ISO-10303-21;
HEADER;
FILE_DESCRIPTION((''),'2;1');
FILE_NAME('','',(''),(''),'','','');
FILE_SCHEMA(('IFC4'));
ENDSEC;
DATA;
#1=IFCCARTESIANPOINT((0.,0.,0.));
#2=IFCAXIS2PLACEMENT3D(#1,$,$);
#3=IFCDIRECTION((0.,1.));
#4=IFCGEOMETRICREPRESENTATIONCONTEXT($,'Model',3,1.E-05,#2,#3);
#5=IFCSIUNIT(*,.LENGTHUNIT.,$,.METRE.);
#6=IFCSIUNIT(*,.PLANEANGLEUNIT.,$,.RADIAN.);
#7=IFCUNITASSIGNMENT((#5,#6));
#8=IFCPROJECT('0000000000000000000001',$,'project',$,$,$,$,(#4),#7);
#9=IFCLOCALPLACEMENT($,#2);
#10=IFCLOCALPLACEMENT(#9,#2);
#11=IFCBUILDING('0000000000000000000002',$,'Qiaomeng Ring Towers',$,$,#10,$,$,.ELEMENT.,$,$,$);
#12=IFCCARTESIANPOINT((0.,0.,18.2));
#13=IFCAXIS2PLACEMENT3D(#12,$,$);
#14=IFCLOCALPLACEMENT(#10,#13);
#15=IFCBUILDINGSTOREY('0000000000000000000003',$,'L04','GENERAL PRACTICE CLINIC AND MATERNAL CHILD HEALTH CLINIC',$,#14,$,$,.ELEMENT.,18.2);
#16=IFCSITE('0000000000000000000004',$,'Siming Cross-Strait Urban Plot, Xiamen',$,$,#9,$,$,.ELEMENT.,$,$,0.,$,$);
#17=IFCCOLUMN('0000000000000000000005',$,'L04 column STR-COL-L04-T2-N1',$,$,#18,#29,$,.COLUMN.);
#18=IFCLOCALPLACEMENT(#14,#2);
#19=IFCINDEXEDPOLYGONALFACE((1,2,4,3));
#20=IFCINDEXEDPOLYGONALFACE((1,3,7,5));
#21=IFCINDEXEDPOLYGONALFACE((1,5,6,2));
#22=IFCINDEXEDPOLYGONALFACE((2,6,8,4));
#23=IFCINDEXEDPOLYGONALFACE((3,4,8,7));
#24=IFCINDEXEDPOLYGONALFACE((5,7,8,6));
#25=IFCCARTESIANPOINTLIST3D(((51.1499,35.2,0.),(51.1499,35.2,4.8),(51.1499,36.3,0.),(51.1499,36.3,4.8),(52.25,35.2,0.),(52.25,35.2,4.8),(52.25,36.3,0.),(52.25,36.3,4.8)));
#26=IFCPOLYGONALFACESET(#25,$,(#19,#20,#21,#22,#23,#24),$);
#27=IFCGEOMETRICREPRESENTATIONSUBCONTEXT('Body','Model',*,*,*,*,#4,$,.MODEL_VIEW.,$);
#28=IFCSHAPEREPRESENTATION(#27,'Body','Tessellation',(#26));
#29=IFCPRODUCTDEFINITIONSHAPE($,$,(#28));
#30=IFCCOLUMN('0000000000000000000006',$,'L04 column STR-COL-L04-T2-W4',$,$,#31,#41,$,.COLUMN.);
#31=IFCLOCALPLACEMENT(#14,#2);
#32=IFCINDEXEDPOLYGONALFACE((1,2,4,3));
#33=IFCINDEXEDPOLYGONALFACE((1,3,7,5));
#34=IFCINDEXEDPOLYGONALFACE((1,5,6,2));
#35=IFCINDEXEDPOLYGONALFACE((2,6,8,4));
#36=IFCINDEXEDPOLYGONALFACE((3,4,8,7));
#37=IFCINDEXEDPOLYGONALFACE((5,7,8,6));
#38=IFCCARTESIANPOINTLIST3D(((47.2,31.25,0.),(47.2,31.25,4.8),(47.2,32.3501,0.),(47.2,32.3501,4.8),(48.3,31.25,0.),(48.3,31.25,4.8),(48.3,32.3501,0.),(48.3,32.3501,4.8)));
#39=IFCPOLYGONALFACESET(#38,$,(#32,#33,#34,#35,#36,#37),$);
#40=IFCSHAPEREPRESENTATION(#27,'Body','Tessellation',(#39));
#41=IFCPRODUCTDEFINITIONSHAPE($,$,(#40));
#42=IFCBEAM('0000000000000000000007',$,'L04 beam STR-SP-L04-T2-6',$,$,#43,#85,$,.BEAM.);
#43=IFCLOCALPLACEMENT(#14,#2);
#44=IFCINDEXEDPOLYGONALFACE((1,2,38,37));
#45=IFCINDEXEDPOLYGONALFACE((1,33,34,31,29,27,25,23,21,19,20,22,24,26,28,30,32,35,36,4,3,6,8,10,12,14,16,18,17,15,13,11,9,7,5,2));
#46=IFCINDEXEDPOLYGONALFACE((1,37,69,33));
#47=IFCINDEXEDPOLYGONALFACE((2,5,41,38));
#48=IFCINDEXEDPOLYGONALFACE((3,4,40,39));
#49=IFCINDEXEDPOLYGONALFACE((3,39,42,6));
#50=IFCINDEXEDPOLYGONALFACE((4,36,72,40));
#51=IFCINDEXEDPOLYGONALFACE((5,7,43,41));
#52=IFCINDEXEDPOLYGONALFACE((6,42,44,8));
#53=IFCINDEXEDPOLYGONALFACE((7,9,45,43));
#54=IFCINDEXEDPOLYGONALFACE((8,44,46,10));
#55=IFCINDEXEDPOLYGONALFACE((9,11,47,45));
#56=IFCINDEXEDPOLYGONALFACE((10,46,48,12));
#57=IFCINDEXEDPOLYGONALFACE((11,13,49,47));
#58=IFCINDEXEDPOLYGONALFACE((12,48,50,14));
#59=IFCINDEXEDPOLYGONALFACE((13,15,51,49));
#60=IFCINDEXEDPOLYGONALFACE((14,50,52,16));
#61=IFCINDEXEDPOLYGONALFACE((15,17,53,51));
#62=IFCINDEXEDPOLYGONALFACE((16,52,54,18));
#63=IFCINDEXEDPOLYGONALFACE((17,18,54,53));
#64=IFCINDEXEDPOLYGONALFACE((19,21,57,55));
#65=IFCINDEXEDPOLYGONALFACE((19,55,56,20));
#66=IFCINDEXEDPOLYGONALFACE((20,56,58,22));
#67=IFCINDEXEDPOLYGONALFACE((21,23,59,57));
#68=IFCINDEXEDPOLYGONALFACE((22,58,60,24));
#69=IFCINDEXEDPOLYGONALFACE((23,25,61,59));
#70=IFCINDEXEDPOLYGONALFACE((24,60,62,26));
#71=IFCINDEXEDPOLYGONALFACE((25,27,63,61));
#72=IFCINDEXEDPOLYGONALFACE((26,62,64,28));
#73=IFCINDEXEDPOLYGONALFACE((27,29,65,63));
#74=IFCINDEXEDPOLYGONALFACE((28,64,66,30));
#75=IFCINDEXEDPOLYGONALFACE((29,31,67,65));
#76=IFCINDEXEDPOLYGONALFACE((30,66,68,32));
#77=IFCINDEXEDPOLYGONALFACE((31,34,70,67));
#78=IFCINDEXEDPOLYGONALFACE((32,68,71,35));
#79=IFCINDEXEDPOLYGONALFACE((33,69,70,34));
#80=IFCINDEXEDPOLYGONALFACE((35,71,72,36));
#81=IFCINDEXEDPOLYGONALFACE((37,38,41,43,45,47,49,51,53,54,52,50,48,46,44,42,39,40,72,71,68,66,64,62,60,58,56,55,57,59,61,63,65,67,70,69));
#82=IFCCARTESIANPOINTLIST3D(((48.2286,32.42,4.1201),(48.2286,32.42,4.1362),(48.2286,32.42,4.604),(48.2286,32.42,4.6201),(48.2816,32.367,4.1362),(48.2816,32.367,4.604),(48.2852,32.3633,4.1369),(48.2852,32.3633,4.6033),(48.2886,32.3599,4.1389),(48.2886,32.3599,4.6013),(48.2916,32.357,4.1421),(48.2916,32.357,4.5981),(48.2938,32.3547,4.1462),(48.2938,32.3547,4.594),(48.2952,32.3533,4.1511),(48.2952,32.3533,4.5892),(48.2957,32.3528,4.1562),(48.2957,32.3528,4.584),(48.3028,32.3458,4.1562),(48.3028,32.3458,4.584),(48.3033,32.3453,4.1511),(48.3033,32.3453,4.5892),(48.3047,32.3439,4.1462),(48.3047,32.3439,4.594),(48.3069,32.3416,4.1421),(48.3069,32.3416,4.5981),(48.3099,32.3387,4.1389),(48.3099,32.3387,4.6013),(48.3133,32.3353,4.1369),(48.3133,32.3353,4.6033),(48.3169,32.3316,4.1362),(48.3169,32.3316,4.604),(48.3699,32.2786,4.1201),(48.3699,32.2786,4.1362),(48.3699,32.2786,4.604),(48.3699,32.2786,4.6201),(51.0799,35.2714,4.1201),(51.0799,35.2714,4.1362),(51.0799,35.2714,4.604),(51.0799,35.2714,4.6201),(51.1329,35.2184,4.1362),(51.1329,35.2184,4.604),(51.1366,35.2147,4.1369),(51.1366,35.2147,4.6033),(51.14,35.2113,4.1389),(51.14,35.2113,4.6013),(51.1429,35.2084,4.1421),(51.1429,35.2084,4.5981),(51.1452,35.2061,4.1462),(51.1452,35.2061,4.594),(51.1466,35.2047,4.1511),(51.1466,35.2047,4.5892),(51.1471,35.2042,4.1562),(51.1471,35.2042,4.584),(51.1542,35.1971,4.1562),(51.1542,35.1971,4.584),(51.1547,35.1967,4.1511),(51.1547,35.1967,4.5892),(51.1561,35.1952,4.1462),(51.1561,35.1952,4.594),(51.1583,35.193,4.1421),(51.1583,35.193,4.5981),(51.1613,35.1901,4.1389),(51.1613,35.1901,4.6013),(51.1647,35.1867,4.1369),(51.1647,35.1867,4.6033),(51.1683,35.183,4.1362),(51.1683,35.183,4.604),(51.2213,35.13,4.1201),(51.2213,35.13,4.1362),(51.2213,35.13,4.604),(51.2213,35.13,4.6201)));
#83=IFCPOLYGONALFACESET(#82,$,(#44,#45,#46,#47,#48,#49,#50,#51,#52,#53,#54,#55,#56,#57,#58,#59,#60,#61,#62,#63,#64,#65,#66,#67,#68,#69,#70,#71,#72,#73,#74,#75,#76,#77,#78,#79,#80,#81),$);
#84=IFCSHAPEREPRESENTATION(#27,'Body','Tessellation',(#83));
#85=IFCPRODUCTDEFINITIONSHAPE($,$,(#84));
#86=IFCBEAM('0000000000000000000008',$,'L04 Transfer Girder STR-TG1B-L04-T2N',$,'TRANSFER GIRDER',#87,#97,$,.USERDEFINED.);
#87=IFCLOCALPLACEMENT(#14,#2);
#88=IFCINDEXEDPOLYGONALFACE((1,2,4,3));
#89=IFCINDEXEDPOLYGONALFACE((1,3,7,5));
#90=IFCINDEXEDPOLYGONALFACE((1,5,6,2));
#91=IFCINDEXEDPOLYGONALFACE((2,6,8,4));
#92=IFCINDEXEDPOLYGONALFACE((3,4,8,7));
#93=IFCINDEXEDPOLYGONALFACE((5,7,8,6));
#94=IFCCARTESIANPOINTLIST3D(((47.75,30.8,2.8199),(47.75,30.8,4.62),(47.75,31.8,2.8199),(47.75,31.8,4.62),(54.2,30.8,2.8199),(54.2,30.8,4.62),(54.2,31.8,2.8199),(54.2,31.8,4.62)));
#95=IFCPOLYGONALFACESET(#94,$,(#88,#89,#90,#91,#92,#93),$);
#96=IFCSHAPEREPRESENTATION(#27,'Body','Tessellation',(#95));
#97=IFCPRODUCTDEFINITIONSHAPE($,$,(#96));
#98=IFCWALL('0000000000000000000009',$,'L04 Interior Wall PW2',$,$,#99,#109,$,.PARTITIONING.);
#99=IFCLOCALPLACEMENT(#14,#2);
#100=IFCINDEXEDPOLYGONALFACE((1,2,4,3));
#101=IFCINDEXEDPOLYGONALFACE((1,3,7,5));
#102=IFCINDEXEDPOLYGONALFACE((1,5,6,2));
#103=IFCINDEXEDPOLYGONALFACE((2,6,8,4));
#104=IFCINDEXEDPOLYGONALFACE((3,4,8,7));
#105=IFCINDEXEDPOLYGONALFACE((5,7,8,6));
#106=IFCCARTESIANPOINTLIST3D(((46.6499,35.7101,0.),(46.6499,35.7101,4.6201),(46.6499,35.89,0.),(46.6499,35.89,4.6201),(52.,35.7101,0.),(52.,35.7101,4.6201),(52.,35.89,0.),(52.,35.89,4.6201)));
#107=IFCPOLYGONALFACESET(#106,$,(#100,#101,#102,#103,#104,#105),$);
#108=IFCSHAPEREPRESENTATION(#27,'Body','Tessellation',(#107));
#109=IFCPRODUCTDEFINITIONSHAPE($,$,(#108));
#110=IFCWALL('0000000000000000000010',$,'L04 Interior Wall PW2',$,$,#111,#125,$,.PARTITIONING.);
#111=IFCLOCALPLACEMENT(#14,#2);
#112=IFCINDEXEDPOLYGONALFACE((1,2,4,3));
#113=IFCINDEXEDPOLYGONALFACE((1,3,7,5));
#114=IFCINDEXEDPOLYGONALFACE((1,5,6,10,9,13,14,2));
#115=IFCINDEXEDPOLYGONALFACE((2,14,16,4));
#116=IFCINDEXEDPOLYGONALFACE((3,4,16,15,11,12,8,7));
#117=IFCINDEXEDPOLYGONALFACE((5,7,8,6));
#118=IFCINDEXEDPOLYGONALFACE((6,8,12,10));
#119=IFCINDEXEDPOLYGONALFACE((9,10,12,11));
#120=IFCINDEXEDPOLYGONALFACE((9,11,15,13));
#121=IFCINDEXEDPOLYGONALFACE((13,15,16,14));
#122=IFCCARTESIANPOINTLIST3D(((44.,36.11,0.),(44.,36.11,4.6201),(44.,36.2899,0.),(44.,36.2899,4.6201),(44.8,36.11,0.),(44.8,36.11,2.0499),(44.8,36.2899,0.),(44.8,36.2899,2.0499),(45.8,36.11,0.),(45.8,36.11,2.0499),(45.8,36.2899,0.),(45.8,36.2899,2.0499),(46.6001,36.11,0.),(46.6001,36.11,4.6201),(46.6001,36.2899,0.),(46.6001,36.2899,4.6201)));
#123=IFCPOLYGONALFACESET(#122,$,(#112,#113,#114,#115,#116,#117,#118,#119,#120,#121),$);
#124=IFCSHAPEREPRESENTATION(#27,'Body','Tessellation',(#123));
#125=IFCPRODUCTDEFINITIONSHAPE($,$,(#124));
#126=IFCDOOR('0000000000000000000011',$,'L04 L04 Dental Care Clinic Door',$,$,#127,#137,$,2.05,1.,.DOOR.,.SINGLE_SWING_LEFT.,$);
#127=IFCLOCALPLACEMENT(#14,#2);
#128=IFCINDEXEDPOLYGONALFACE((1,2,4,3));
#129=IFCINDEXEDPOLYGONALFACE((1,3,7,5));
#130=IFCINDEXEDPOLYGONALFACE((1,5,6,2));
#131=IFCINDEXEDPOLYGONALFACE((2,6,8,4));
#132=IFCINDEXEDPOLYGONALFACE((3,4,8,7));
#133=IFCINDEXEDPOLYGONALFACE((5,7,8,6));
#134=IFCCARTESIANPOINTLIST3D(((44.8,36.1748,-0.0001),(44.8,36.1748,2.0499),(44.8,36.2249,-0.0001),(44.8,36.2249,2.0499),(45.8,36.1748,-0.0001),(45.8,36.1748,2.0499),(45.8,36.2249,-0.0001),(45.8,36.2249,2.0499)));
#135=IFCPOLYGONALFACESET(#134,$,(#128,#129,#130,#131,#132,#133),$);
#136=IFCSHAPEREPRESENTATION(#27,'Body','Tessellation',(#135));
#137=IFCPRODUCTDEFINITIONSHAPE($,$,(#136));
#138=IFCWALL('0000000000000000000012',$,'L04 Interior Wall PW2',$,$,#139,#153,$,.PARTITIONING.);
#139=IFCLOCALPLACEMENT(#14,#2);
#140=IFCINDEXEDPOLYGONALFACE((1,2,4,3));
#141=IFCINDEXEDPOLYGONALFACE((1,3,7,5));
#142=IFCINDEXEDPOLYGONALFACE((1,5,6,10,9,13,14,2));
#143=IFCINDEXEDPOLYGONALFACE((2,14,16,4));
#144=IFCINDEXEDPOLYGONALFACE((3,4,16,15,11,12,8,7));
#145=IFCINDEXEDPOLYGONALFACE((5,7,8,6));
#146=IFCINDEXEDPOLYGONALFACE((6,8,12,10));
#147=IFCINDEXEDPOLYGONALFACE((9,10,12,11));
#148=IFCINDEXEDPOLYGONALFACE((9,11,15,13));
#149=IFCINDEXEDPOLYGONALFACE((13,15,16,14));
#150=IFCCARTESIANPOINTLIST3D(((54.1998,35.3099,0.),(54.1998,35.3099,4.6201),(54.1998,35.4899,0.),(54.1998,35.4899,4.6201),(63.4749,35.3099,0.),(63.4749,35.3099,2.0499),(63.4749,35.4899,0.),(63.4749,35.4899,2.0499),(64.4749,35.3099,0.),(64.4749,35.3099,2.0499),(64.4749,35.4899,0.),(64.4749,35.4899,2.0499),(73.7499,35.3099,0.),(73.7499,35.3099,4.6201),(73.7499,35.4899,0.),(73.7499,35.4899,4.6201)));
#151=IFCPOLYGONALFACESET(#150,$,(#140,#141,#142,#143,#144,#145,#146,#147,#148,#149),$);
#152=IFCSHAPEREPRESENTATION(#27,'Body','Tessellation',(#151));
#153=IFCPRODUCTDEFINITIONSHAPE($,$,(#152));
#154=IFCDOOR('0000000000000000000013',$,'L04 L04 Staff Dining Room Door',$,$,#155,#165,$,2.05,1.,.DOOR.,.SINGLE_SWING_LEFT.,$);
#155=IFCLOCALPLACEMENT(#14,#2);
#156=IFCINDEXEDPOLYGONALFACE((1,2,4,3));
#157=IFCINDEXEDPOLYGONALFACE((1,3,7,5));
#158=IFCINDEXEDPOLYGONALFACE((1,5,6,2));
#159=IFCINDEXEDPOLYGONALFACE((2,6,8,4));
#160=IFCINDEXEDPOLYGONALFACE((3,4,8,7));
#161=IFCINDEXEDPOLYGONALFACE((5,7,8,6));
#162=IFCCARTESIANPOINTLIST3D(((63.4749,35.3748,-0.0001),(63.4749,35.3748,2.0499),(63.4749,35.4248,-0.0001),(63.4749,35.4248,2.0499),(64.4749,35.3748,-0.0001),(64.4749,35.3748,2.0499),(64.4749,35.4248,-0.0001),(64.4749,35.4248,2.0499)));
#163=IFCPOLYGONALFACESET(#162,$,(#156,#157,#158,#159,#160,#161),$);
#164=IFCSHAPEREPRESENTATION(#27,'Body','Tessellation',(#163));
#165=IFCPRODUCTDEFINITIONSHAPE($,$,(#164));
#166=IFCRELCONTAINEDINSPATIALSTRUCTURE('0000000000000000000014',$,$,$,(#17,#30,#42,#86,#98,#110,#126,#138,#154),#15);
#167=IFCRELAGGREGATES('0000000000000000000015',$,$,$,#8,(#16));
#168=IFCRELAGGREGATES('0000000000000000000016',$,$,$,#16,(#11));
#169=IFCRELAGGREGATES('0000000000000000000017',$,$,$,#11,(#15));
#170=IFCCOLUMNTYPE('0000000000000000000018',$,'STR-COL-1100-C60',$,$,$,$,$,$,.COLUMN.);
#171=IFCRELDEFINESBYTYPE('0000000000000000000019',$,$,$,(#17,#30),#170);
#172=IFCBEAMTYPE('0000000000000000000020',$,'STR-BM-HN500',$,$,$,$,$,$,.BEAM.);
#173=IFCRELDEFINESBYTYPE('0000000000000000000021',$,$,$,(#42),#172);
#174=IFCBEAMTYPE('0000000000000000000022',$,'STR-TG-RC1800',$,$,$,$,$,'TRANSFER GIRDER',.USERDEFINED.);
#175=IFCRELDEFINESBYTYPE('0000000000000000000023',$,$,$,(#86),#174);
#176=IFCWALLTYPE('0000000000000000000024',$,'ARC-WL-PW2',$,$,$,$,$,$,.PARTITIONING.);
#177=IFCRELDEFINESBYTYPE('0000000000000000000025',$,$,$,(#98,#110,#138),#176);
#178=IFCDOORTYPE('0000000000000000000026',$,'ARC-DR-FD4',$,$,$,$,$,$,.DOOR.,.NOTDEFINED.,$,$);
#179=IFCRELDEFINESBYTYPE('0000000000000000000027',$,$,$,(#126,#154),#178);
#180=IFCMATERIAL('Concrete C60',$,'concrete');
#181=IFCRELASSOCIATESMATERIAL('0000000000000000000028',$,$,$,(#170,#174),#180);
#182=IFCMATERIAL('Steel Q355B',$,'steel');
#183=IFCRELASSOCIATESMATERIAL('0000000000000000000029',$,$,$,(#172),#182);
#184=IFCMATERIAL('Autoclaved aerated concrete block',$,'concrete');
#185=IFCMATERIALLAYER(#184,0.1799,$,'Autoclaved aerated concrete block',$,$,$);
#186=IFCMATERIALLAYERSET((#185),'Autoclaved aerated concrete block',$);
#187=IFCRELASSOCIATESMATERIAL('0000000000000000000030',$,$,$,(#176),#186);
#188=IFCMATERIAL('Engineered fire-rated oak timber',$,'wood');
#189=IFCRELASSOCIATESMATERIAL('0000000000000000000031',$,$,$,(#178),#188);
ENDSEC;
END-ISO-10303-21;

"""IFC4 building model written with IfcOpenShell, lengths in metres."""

from ifc_helpers import new_model, si_unit, direction, frame, frame_2d, origin, origin_2d, place, context, subcontext, project, spatial, rectangle, i_section, extrude, source, transform, mapped, material, layer, layer_set, material_profile, profile_set, type_object, element, fill, save


model = new_model("IFC4")

# Units and contexts
model_context = context("Model", 3, precision=1e-05, world=origin(), true_north=direction((0.0, 1.0)))
body_context = subcontext(model_context, "Body", "Model", "MODEL_VIEW")
ifc_project = project(units=[si_unit("LENGTHUNIT", "METRE"), si_unit("PLANEANGLEUNIT", "RADIAN")], contexts=[model_context])

# Site, building, storey
site_placement = place(None, origin())
site = spatial("IfcSite", under=ifc_project, at=site_placement, Name="Siming Cross-Strait Urban Plot, Xiamen", CompositionType="ELEMENT", RefElevation=0.0)
building_placement = place(site_placement, origin())
building = spatial("IfcBuilding", under=site, at=building_placement, Name="Qiaomeng Ring Towers", CompositionType="ELEMENT")
storey_placement = place(building_placement, frame((0.0, 0.0, 18.2)))
storey = spatial("IfcBuildingStorey", under=building, at=storey_placement, Name="L04", Description="GENERAL PRACTICE CLINIC AND MATERNAL CHILD HEALTH CLINIC", CompositionType="ELEMENT", Elevation=18.2)

# Columns
ifc_material_1 = material(Name="Concrete C60", Category="concrete")
ifc_material_profile_1 = material_profile(ifc_material_1, rectangle(XDim=1.1001, YDim=1.1001, at=origin_2d()), Name="RC COL 1100x1100")
ifc_profile_set_1 = profile_set([ifc_material_profile_1], Name="Concrete C60")
column_type = type_object("IfcColumnType", Name="STR-COL-1100-C60", PredefinedType="COLUMN", material=ifc_profile_set_1)
shared_shape_1 = source(origin(), body_context, "Body", "SweptSolid", [
    extrude(rectangle(XDim=1.1001, YDim=1.1001, at=origin_2d()), origin(), (0.0, 0.0, 1.0), 4.8),
])
for number, where, z_axis, x_axis, name in (
    (1, (51.7, 35.75, 0.0), (0.0, 0.0, 1.0), (1.0, 0.0, 0.0), "L04 column STR-COL-L04-T2-N1"),
    (2, (47.75, 31.8, 0.0), (0.0, 0.0, 1.0), (1.0, 0.0, 0.0), "L04 column STR-COL-L04-T2-W4"),
):
    element("IfcColumn", number, at=place(storey_placement, frame(where, z_axis=z_axis, x_axis=x_axis)), inside=storey, type_object=column_type, Name=name, PredefinedType="COLUMN", context=body_context, shape_type="MappedRepresentation", body=[
        mapped(shared_shape_1, transform((0.0, 0.0, 0.0), x_axis=(1.0, 0.0, 0.0), y_axis=(0.0, 1.0, 0.0), z_axis=(0.0, 0.0, 1.0), scale=1.0)),
    ])

# Beams
ifc_material_2 = material(Name="Steel Q355B", Category="steel")
ifc_material_profile_2 = material_profile(ifc_material_2, i_section(OverallWidth=0.2, OverallDepth=0.5, WebThickness=0.01, FlangeThickness=0.0161, FilletRadius=0.02, at=origin_2d()), Name="HN 500x200x10x16")
ifc_profile_set_2 = profile_set([ifc_material_profile_2], Name="Steel Q355B")
beam_type_1 = type_object("IfcBeamType", Name="STR-BM-HN500", PredefinedType="BEAM", material=ifc_profile_set_2)
shared_shape_2 = source(origin(), body_context, "Body", "SweptSolid", [
    extrude(i_section(OverallWidth=0.2, OverallDepth=0.5, WebThickness=0.01, FlangeThickness=0.0161, FilletRadius=0.02, at=origin_2d()), origin(), (0.0, 0.0, 1.0), 4.0325),
])
beam_1_placement = place(storey_placement, frame((51.1506, 35.2007, 4.3701), z_axis=(-0.707107, -0.707107, 0.0), x_axis=(0.707107, -0.707107, 0.0)))
element("IfcBeam", 3, at=beam_1_placement, inside=storey, type_object=beam_type_1, Name="L04 beam STR-SP-L04-T2-6", PredefinedType="BEAM", context=body_context, shape_type="MappedRepresentation", body=[
    mapped(shared_shape_2, transform((0.0, 0.0, 0.0), x_axis=(1.0, 0.0, 0.0), y_axis=(0.0, 1.0, 0.0), z_axis=(0.0, 0.0, 1.0), scale=1.0)),
])
ifc_material_profile_3 = material_profile(ifc_material_1, rectangle(XDim=1.0, YDim=1.8, at=origin_2d()), Name="RC TG 1000x1800")
ifc_profile_set_3 = profile_set([ifc_material_profile_3], Name="Concrete C60")
beam_type_2 = type_object("IfcBeamType", Name="STR-TG-RC1800", ElementType="TRANSFER GIRDER", PredefinedType="USERDEFINED", material=ifc_profile_set_3)
shared_shape_3 = source(origin(), body_context, "Body", "SweptSolid", [
    extrude(rectangle(XDim=1.0, YDim=1.8, at=origin_2d()), origin(), (0.0, 0.0, 1.0), 6.45),
])
beam_2_placement = place(storey_placement, frame((47.75, 31.3, 3.72), z_axis=(1.0, 0.0, 0.0), x_axis=(0.0, 1.0, 0.0)))
element("IfcBeam", 4, at=beam_2_placement, inside=storey, type_object=beam_type_2, Name="L04 Transfer Girder STR-TG1B-L04-T2N", ObjectType="TRANSFER GIRDER", PredefinedType="USERDEFINED", context=body_context, shape_type="MappedRepresentation", body=[
    mapped(shared_shape_3, transform((0.0, 0.0, 0.0), x_axis=(1.0, 0.0, 0.0), y_axis=(0.0, 1.0, 0.0), z_axis=(0.0, 0.0, 1.0), scale=1.0)),
])

# Wall
ifc_material_3 = material(Name="Autoclaved aerated concrete block", Category="concrete")
ifc_layer_1 = layer(ifc_material_3, 0.1799, Name="Autoclaved aerated concrete block")
ifc_layer_set_1 = layer_set([ifc_layer_1], Name="Autoclaved aerated concrete block")
wall_type_1 = type_object("IfcWallType", Name="ARC-WL-PW2", PredefinedType="PARTITIONING", material=ifc_layer_set_1)
wall_1_placement = place(storey_placement, frame((46.6499, 35.8, 0.0), z_axis=(0.0, 0.0, 1.0), x_axis=(1.0, 0.0, 0.0)))
element("IfcWall", 5, at=wall_1_placement, inside=storey, type_object=wall_type_1, Name="L04 Interior Wall PW2", PredefinedType="PARTITIONING", context=body_context, shape_type="SweptSolid", body=[
    extrude(rectangle(XDim=5.3501, YDim=0.1799, at=frame_2d((2.675, 0.0))), origin(), (0.0, 0.0, 1.0), 4.6201),
])

# Walls, openings, doors
wall_2_placement = place(storey_placement, frame((44.0, 36.2, 0.0), z_axis=(0.0, 0.0, 1.0), x_axis=(1.0, 0.0, 0.0)))
wall_2 = element("IfcWall", 6, at=wall_2_placement, inside=storey, type_object=wall_type_1, Name="L04 Interior Wall PW2", PredefinedType="PARTITIONING", context=body_context, shape_type="SweptSolid", body=[
    extrude(rectangle(XDim=2.6001, YDim=0.1799, at=frame_2d((1.3, 0.0))), origin(), (0.0, 0.0, 1.0), 4.6201),
])
opening_1_placement = place(wall_2_placement, frame((0.8, 0.0, 0.0)))
opening_1 = element("IfcOpeningElement", 7, at=opening_1_placement, cuts=wall_2, PredefinedType="OPENING", context=body_context, shape_type="SweptSolid", body=[
    extrude(rectangle(XDim=1.0, YDim=2.05, at=frame_2d((0.5, 1.0249))), frame((0.0, 0.0999, 0.0), z_axis=(0.0, -1.0, 0.0), x_axis=(1.0, 0.0, 0.0)), (0.0, 0.0, 1.0), 0.2),
])
ifc_material_4 = material(Name="Engineered fire-rated oak timber", Category="wood")
door_type_1 = type_object("IfcDoorType", Name="ARC-DR-FD4", OperationType="NOTDEFINED", PredefinedType="DOOR", material=ifc_material_4)
shared_shape_4 = source(origin(), body_context, "Body", "SweptSolid", [
    extrude(rectangle(XDim=1.0, YDim=2.05, at=frame_2d((0.5, 1.0249))), frame((0.0, 0.0249, 0.0), z_axis=(0.0, -1.0, 0.0), x_axis=(1.0, 0.0, 0.0)), (0.0, 0.0, 1.0), 0.05),
])
door_1_placement = place(opening_1_placement, origin())
door_1 = element("IfcDoor", 8, at=door_1_placement, inside=storey, type_object=door_type_1, Name="L04 L04 Dental Care Clinic Door", OperationType="SINGLE_SWING_LEFT", OverallHeight=2.05, OverallWidth=1.0, PredefinedType="DOOR", context=body_context, shape_type="MappedRepresentation", body=[
    mapped(shared_shape_4, transform((0.0, 0.0, 0.0), x_axis=(1.0, 0.0, 0.0), y_axis=(0.0, 1.0, 0.0), z_axis=(0.0, 0.0, 1.0), scale=1.0)),
])
fill(opening_1, door_1)
wall_3_placement = place(storey_placement, frame((54.2, 35.3999, 0.0), z_axis=(0.0, 0.0, 1.0), x_axis=(1.0, 0.0, 0.0)))
wall_3 = element("IfcWall", 9, at=wall_3_placement, inside=storey, type_object=wall_type_1, Name="L04 Interior Wall PW2", PredefinedType="PARTITIONING", context=body_context, shape_type="SweptSolid", body=[
    extrude(rectangle(XDim=19.55, YDim=0.1799, at=frame_2d((9.7749, 0.0))), origin(), (0.0, 0.0, 1.0), 4.6201),
])
opening_2_placement = place(wall_3_placement, frame((9.2749, 0.0, 0.0)))
opening_2 = element("IfcOpeningElement", 10, at=opening_2_placement, cuts=wall_3, PredefinedType="OPENING", context=body_context, shape_type="SweptSolid", body=[
    extrude(rectangle(XDim=1.0, YDim=2.05, at=frame_2d((0.5, 1.0249))), frame((0.0, 0.0999, 0.0), z_axis=(0.0, -1.0, 0.0), x_axis=(1.0, 0.0, 0.0)), (0.0, 0.0, 1.0), 0.2),
])
door_2_placement = place(opening_2_placement, origin())
door_2 = element("IfcDoor", 11, at=door_2_placement, inside=storey, type_object=door_type_1, Name="L04 L04 Staff Dining Room Door", OperationType="SINGLE_SWING_LEFT", OverallHeight=2.05, OverallWidth=1.0, PredefinedType="DOOR", context=body_context, shape_type="MappedRepresentation", body=[
    mapped(shared_shape_4, transform((0.0, 0.0, 0.0), x_axis=(1.0, 0.0, 0.0), y_axis=(0.0, 1.0, 0.0), z_axis=(0.0, 0.0, 1.0), scale=1.0)),
])
fill(opening_2, door_2)

save(model, "model.ifc")
